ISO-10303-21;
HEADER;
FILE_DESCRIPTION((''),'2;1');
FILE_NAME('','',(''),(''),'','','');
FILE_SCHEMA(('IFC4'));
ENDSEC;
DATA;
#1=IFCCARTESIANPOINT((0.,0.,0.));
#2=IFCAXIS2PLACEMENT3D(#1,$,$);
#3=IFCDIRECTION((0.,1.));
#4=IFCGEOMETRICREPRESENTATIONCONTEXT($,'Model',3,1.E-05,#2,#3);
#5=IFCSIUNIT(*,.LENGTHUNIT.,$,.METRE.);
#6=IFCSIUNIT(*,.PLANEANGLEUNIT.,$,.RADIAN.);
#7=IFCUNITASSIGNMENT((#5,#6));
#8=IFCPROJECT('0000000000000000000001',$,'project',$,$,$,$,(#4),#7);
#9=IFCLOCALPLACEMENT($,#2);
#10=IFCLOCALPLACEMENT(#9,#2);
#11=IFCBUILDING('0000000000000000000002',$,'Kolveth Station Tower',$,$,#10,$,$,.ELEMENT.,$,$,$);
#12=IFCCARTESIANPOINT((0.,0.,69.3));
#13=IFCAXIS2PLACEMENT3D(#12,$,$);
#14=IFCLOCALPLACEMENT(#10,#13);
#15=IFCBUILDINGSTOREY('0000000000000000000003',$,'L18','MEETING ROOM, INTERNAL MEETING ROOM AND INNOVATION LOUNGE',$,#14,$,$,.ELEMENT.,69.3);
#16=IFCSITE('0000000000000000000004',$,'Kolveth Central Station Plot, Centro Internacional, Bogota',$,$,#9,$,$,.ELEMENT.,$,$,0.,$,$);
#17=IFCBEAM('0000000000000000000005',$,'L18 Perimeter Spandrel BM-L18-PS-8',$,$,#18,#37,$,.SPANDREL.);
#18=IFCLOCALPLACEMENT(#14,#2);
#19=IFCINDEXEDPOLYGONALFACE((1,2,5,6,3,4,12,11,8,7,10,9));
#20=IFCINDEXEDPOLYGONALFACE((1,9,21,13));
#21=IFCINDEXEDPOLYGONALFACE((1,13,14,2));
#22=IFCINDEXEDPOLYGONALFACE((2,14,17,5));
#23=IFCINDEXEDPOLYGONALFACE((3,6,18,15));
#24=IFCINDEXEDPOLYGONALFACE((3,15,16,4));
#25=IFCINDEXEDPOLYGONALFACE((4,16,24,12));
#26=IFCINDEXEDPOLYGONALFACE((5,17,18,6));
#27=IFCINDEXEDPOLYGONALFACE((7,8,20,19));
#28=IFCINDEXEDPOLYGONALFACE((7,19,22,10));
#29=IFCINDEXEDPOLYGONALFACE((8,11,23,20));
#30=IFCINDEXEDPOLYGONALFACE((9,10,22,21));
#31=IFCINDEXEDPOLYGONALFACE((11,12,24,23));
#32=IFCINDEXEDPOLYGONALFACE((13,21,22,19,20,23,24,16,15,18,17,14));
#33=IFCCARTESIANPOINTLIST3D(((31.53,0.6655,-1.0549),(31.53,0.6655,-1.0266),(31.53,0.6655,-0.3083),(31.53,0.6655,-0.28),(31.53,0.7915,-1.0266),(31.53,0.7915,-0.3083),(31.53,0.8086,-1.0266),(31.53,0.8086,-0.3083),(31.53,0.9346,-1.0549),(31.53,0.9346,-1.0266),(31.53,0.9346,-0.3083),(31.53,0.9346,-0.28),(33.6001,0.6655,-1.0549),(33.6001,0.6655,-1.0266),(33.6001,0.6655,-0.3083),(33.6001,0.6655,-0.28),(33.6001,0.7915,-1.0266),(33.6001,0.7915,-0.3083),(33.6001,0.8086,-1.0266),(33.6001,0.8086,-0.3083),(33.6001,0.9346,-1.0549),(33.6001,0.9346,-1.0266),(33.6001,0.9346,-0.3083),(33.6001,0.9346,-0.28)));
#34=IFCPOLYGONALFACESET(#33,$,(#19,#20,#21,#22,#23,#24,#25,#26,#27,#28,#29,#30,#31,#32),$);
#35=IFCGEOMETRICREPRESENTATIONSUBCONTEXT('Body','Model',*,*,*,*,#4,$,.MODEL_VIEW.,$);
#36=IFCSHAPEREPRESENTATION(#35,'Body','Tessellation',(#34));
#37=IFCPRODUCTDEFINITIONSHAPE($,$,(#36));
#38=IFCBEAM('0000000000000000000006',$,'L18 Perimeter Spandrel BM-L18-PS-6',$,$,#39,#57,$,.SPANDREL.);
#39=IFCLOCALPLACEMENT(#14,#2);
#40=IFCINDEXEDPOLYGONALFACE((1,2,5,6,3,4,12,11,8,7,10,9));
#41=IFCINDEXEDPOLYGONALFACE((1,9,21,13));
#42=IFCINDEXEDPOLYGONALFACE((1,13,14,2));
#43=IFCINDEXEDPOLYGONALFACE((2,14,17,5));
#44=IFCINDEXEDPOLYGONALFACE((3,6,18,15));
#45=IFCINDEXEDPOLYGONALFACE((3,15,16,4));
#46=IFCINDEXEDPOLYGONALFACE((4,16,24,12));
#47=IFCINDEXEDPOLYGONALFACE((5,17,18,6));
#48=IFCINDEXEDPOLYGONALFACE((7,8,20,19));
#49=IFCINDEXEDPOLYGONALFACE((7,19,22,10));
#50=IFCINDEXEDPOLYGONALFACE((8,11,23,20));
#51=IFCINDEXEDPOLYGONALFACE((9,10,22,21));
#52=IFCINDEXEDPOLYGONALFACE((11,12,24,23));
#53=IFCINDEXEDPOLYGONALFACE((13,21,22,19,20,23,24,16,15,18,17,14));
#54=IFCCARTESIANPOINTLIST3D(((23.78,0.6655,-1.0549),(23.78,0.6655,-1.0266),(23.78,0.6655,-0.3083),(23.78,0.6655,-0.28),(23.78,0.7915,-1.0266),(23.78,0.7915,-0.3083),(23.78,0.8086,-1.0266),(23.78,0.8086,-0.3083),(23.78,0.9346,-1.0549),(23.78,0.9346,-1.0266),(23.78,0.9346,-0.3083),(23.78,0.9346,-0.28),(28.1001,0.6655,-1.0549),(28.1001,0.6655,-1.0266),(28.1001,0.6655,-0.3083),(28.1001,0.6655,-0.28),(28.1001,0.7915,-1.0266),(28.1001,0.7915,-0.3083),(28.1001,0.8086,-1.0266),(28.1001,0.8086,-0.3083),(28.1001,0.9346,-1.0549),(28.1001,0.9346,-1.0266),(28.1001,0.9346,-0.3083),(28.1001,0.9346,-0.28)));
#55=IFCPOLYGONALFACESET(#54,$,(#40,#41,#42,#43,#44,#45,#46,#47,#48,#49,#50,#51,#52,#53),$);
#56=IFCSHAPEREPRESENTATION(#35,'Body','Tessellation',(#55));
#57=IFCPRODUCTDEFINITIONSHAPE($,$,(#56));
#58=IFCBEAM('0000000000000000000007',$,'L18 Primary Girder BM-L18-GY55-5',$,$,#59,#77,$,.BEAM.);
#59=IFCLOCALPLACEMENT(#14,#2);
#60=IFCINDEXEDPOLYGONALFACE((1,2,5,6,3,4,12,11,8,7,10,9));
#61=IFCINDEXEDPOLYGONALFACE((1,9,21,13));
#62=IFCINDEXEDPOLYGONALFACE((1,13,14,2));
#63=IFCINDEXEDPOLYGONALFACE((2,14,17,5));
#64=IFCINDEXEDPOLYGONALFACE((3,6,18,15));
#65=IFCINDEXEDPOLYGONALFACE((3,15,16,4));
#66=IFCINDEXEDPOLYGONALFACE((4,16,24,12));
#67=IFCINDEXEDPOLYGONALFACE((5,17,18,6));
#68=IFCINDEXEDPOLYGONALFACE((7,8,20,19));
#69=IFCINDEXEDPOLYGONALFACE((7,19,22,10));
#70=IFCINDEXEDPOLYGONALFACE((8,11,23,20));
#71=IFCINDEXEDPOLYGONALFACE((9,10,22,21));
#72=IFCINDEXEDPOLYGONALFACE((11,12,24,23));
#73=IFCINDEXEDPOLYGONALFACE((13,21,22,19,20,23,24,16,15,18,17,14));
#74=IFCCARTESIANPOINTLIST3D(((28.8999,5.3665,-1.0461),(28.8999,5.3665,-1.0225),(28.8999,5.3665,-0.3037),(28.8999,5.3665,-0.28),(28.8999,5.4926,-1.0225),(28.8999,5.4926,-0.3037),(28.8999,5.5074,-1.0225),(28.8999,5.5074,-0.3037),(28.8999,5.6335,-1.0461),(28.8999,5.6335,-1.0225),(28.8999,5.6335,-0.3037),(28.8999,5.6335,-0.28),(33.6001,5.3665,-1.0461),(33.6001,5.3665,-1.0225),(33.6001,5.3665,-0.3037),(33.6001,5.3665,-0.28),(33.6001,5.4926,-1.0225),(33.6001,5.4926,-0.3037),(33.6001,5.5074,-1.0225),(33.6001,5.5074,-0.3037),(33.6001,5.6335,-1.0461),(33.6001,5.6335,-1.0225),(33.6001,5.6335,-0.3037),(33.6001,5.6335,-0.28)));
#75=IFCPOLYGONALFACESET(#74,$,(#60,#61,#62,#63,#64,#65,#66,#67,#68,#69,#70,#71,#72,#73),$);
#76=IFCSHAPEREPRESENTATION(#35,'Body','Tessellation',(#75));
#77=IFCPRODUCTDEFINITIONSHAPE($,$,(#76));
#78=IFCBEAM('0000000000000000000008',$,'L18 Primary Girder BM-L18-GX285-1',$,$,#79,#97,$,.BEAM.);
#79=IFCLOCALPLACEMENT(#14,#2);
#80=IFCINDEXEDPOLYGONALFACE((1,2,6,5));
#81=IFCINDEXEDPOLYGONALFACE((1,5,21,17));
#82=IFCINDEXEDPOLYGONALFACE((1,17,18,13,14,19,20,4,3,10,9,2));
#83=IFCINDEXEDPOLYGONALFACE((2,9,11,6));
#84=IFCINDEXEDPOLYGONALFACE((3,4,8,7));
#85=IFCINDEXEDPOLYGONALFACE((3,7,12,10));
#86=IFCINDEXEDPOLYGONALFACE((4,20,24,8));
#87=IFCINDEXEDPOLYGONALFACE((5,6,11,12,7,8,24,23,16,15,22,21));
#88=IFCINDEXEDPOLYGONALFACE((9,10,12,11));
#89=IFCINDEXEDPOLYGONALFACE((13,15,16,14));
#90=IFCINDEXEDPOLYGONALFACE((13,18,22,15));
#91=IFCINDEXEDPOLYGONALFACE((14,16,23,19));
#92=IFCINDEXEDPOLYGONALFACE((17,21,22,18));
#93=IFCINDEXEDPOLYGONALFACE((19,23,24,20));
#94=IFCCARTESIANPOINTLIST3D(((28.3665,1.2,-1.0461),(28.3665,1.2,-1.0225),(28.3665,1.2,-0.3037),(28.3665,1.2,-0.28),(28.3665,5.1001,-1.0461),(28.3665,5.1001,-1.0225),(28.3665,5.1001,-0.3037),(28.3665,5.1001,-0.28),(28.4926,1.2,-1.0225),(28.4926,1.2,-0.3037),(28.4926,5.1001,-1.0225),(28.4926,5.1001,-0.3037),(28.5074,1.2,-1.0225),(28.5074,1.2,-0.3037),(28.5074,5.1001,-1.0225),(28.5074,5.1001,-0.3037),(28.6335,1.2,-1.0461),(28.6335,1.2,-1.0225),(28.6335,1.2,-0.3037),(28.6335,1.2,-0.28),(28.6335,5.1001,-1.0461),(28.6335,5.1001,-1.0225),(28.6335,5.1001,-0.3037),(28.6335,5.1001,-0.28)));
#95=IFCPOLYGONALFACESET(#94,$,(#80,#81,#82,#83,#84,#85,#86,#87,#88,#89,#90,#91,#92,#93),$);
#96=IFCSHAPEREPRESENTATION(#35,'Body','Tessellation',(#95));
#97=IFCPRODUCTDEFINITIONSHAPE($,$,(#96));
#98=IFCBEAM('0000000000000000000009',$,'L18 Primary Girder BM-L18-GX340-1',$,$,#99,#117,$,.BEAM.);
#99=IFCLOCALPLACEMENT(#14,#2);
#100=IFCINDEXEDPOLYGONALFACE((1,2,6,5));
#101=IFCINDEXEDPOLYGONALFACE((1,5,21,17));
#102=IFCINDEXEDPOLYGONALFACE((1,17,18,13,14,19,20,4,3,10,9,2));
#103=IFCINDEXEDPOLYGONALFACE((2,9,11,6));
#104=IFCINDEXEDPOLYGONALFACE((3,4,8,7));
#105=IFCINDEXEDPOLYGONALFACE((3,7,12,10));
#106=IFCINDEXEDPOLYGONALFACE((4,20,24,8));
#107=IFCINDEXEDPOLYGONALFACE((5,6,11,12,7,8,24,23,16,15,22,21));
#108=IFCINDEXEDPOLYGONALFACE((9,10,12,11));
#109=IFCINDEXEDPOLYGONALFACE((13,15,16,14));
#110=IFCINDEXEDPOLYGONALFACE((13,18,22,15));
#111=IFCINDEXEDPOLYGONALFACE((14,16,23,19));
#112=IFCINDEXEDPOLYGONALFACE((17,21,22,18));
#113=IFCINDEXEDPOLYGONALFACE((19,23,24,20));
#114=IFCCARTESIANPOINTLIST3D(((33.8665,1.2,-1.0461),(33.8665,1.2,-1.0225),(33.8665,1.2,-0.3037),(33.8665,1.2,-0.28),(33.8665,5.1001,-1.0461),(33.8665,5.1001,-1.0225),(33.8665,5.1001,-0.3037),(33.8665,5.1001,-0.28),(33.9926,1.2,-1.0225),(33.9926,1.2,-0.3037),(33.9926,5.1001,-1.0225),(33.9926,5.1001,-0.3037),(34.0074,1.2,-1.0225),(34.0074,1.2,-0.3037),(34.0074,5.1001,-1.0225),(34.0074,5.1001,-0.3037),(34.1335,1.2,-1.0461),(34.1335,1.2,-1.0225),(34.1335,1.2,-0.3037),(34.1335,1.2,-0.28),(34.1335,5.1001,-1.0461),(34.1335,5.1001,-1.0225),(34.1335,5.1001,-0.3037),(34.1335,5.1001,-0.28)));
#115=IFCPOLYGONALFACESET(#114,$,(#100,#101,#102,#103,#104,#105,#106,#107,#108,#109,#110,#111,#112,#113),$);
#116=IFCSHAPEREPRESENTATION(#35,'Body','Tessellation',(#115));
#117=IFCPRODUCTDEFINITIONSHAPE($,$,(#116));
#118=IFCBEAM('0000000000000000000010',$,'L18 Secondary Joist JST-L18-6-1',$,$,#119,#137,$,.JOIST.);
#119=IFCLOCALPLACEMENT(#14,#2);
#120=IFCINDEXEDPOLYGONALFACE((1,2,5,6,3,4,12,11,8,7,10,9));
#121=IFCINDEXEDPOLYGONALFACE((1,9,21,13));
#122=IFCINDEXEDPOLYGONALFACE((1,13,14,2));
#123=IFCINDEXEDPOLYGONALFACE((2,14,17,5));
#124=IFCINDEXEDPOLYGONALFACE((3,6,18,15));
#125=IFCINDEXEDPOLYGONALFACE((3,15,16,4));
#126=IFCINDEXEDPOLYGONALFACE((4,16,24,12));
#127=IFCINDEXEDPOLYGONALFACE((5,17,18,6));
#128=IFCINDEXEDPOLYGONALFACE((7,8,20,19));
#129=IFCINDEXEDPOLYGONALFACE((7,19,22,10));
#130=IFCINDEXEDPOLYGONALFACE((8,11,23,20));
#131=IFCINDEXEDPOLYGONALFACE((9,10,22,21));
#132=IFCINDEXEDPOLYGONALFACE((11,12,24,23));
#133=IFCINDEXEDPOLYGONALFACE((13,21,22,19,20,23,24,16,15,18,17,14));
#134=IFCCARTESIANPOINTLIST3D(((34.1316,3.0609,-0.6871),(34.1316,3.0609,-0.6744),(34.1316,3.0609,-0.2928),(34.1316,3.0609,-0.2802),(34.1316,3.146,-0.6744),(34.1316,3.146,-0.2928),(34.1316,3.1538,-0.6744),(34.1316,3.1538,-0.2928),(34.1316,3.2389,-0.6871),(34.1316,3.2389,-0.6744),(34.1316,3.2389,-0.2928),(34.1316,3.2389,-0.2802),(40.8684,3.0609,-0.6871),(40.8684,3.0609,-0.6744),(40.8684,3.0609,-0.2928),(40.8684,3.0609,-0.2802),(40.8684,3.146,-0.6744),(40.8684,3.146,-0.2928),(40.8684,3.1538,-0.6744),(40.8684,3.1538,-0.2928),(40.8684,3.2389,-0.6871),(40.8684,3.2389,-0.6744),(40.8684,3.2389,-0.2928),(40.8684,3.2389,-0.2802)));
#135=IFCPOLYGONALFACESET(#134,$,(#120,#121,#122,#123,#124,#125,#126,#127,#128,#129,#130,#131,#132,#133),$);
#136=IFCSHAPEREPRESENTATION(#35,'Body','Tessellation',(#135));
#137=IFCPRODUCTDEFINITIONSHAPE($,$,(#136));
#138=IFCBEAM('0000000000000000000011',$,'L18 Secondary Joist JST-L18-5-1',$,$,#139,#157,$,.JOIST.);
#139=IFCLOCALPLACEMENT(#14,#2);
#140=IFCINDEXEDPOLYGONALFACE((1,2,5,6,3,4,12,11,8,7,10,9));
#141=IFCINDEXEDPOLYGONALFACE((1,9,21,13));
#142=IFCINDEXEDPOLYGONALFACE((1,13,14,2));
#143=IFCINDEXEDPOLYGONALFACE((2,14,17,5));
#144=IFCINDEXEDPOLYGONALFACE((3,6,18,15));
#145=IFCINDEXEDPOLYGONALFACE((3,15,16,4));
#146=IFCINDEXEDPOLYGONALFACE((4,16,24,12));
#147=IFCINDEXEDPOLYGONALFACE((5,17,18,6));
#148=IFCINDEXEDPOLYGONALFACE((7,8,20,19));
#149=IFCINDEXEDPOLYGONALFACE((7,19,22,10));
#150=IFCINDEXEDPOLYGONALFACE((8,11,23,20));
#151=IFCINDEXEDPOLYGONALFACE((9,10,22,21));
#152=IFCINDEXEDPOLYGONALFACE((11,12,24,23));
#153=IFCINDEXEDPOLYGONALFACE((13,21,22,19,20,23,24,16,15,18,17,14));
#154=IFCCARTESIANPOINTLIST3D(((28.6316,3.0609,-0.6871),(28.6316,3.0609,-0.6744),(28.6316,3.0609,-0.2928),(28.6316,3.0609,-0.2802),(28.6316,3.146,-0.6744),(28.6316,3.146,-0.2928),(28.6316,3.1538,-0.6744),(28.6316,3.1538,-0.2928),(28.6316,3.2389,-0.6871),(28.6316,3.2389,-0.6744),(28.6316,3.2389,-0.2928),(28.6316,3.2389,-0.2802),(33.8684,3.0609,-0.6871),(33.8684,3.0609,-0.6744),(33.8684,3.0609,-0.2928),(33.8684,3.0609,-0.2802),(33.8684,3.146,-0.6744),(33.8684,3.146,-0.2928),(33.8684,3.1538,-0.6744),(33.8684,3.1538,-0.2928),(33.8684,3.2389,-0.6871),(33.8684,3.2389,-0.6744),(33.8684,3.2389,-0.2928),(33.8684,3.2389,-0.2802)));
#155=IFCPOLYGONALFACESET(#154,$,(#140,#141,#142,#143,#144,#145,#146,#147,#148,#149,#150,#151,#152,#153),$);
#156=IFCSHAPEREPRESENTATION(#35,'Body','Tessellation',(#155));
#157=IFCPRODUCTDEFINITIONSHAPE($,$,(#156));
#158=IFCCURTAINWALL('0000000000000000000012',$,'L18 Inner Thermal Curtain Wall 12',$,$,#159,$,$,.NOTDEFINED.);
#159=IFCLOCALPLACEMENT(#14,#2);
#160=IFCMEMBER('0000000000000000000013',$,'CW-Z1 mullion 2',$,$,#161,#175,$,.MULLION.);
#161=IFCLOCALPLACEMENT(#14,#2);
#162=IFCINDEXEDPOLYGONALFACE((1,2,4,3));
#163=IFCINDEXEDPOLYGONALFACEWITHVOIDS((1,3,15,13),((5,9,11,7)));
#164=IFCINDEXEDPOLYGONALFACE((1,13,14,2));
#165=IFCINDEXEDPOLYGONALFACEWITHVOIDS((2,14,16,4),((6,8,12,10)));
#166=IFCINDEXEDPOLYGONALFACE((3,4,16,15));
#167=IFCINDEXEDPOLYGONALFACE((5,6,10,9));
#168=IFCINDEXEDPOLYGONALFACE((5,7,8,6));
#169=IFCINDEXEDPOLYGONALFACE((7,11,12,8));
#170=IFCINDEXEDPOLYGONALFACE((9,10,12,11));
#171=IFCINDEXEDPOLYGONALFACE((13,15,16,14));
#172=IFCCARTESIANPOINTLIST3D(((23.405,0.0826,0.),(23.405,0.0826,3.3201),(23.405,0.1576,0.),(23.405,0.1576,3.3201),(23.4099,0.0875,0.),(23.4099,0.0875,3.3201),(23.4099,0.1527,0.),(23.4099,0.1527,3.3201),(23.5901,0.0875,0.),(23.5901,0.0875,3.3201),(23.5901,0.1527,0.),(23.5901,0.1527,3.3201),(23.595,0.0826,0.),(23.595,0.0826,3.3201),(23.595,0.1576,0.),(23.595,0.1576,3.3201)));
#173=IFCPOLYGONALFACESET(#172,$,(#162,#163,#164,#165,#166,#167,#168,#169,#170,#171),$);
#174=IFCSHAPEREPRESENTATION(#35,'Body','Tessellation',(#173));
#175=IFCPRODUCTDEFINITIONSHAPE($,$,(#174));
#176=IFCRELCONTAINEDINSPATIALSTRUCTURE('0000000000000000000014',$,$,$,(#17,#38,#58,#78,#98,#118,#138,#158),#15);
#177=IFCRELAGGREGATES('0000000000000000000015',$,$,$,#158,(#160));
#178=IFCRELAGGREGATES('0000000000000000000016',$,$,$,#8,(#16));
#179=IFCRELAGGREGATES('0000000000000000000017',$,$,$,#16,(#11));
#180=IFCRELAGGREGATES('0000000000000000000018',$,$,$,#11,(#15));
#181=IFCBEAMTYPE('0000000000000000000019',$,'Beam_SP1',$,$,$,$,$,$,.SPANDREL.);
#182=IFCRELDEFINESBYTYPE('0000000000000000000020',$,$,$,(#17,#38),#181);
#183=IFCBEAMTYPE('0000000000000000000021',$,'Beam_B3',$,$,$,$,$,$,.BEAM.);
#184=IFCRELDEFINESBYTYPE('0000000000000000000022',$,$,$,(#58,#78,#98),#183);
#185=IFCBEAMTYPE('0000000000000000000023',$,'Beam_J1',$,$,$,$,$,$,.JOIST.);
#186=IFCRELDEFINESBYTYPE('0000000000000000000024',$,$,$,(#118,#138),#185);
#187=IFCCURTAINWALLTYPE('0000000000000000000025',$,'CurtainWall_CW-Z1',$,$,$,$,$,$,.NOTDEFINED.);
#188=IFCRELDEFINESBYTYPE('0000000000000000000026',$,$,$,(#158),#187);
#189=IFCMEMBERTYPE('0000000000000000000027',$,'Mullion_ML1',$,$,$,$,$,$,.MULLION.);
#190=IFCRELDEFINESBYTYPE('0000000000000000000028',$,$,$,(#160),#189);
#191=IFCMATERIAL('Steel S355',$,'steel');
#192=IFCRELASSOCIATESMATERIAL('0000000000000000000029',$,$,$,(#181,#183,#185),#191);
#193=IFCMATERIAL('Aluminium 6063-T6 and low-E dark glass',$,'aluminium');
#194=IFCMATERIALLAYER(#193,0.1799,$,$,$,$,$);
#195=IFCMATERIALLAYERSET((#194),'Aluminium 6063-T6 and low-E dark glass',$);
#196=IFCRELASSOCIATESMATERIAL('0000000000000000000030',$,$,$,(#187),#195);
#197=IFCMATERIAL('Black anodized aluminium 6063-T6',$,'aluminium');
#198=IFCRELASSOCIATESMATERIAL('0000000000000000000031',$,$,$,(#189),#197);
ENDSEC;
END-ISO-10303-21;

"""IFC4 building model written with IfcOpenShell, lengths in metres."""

from ifc_helpers import new_model, si_unit, direction, frame, origin, origin_2d, place, context, subcontext, project, spatial, hollow_rectangle, i_section, extrude, source, transform, mapped, material, layer, layer_set, material_profile, profile_set, type_object, element, aggregate, save


model = new_model("IFC4")

# Units and contexts
model_context = context("Model", 3, precision=1e-05, world=origin(), true_north=direction((0.0, 1.0)))
body_context = subcontext(model_context, "Body", "Model", "MODEL_VIEW")
ifc_project = project(units=[si_unit("LENGTHUNIT", "METRE"), si_unit("PLANEANGLEUNIT", "RADIAN")], contexts=[model_context])

# Site, building, storey
site_placement = place(None, origin())
site = spatial("IfcSite", under=ifc_project, at=site_placement, Name="Kolveth Central Station Plot, Centro Internacional, Bogota", CompositionType="ELEMENT", RefElevation=0.0)
building_placement = place(site_placement, origin())
building = spatial("IfcBuilding", under=site, at=building_placement, Name="Kolveth Station Tower", CompositionType="ELEMENT")
storey_placement = place(building_placement, frame((0.0, 0.0, 69.3)))
storey = spatial("IfcBuildingStorey", under=building, at=storey_placement, Name="L18", Description="MEETING ROOM, INTERNAL MEETING ROOM AND INNOVATION LOUNGE", CompositionType="ELEMENT", Elevation=69.3)

# Shared definitions
ifc_material_1 = material(Name="Steel S355", Category="steel")

# Beams
ifc_material_profile_1 = material_profile(ifc_material_1, i_section(OverallWidth=0.269, OverallDepth=0.7749, WebThickness=0.0171, FlangeThickness=0.0283, at=origin_2d()), Name="W760x220")
ifc_profile_set_1 = profile_set([ifc_material_profile_1], Name="Steel S355")
beam_type_1 = type_object("IfcBeamType", Name="Beam_SP1", PredefinedType="SPANDREL", material=ifc_profile_set_1)
shared_shape_1 = source(origin(), body_context, "Body", "SweptSolid", [
    extrude(i_section(OverallWidth=0.269, OverallDepth=0.7749, WebThickness=0.0171, FlangeThickness=0.0283, at=origin_2d()), origin(), (0.0, 0.0, 1.0), 2.0701),
])
for number, where, z_axis, x_axis, name in (
    (1, (31.53, 0.8, -0.6675), (1.0, 0.0, 0.0), (0.0, 1.0, 0.0), "L18 Perimeter Spandrel BM-L18-PS-8"),
):
    element("IfcBeam", number, at=place(storey_placement, frame(where, z_axis=z_axis, x_axis=x_axis)), inside=storey, type_object=beam_type_1, Name=name, PredefinedType="SPANDREL", context=body_context, shape_type="MappedRepresentation", body=[
        mapped(shared_shape_1, transform((0.0, 0.0, 0.0), x_axis=(1.0, 0.0, 0.0), y_axis=(0.0, 1.0, 0.0), z_axis=(0.0, 0.0, 1.0), scale=1.0)),
    ])
shared_shape_2 = source(origin(), body_context, "Body", "SweptSolid", [
    extrude(i_section(OverallWidth=0.269, OverallDepth=0.7749, WebThickness=0.0171, FlangeThickness=0.0283, at=origin_2d()), origin(), (0.0, 0.0, 1.0), 4.3201),
])
beam_1_placement = place(storey_placement, frame((23.78, 0.8, -0.6675), z_axis=(1.0, 0.0, 0.0), x_axis=(0.0, 1.0, 0.0)))
element("IfcBeam", 2, at=beam_1_placement, inside=storey, type_object=beam_type_1, Name="L18 Perimeter Spandrel BM-L18-PS-6", PredefinedType="SPANDREL", context=body_context, shape_type="MappedRepresentation", body=[
    mapped(shared_shape_2, transform((0.0, 0.0, 0.0), x_axis=(1.0, 0.0, 0.0), y_axis=(0.0, 1.0, 0.0), z_axis=(0.0, 0.0, 1.0), scale=1.0)),
])
ifc_material_profile_2 = material_profile(ifc_material_1, i_section(OverallWidth=0.2671, OverallDepth=0.7661, WebThickness=0.0149, FlangeThickness=0.0237, at=origin_2d()), Name="W760x185")
ifc_profile_set_2 = profile_set([ifc_material_profile_2], Name="Steel S355")
beam_type_2 = type_object("IfcBeamType", Name="Beam_B3", PredefinedType="BEAM", material=ifc_profile_set_2)
shared_shape_3 = source(origin(), body_context, "Body", "SweptSolid", [
    extrude(i_section(OverallWidth=0.2671, OverallDepth=0.7661, WebThickness=0.0149, FlangeThickness=0.0237, at=origin_2d()), origin(), (0.0, 0.0, 1.0), 4.7002),
])
beam_2_placement = place(storey_placement, frame((28.8999, 5.5, -0.6631), z_axis=(1.0, 0.0, 0.0), x_axis=(0.0, 1.0, 0.0)))
element("IfcBeam", 3, at=beam_2_placement, inside=storey, type_object=beam_type_2, Name="L18 Primary Girder BM-L18-GY55-5", PredefinedType="BEAM", context=body_context, shape_type="MappedRepresentation", body=[
    mapped(shared_shape_3, transform((0.0, 0.0, 0.0), x_axis=(1.0, 0.0, 0.0), y_axis=(0.0, 1.0, 0.0), z_axis=(0.0, 0.0, 1.0), scale=1.0)),
])
shared_shape_4 = source(origin(), body_context, "Body", "SweptSolid", [
    extrude(i_section(OverallWidth=0.2671, OverallDepth=0.7661, WebThickness=0.0149, FlangeThickness=0.0237, at=origin_2d()), origin(), (0.0, 0.0, 1.0), 3.9001),
])
for number, where, z_axis, x_axis, name in (
    (4, (28.5, 1.2, -0.6631), (0.0, 1.0, 0.0), (-1.0, 0.0, 0.0), "L18 Primary Girder BM-L18-GX285-1"),
    (5, (34.0, 1.2, -0.6631), (0.0, 1.0, 0.0), (-1.0, 0.0, 0.0), "L18 Primary Girder BM-L18-GX340-1"),
):
    element("IfcBeam", number, at=place(storey_placement, frame(where, z_axis=z_axis, x_axis=x_axis)), inside=storey, type_object=beam_type_2, Name=name, PredefinedType="BEAM", context=body_context, shape_type="MappedRepresentation", body=[
        mapped(shared_shape_4, transform((0.0, 0.0, 0.0), x_axis=(1.0, 0.0, 0.0), y_axis=(0.0, 1.0, 0.0), z_axis=(0.0, 0.0, 1.0), scale=1.0)),
    ])
ifc_material_profile_3 = material_profile(ifc_material_1, i_section(OverallWidth=0.178, OverallDepth=0.407, WebThickness=0.0078, FlangeThickness=0.0127, at=origin_2d()), Name="W410x60")
ifc_profile_set_3 = profile_set([ifc_material_profile_3], Name="Steel S355")
beam_type_3 = type_object("IfcBeamType", Name="Beam_J1", PredefinedType="JOIST", material=ifc_profile_set_3)
shared_shape_5 = source(origin(), body_context, "Body", "SweptSolid", [
    extrude(i_section(OverallWidth=0.178, OverallDepth=0.407, WebThickness=0.0078, FlangeThickness=0.0127, at=origin_2d()), origin(), (0.0, 0.0, 1.0), 6.7368),
])
beam_3_placement = place(storey_placement, frame((34.1316, 3.1499, -0.4836), z_axis=(1.0, 0.0, 0.0), x_axis=(0.0, 1.0, 0.0)))
element("IfcBeam", 6, at=beam_3_placement, inside=storey, type_object=beam_type_3, Name="L18 Secondary Joist JST-L18-6-1", PredefinedType="JOIST", context=body_context, shape_type="MappedRepresentation", body=[
    mapped(shared_shape_5, transform((0.0, 0.0, 0.0), x_axis=(1.0, 0.0, 0.0), y_axis=(0.0, 1.0, 0.0), z_axis=(0.0, 0.0, 1.0), scale=1.0)),
])
shared_shape_6 = source(origin(), body_context, "Body", "SweptSolid", [
    extrude(i_section(OverallWidth=0.178, OverallDepth=0.407, WebThickness=0.0078, FlangeThickness=0.0127, at=origin_2d()), origin(), (0.0, 0.0, 1.0), 5.2368),
])
beam_4_placement = place(storey_placement, frame((28.6316, 3.1499, -0.4836), z_axis=(1.0, 0.0, 0.0), x_axis=(0.0, 1.0, 0.0)))
element("IfcBeam", 7, at=beam_4_placement, inside=storey, type_object=beam_type_3, Name="L18 Secondary Joist JST-L18-5-1", PredefinedType="JOIST", context=body_context, shape_type="MappedRepresentation", body=[
    mapped(shared_shape_6, transform((0.0, 0.0, 0.0), x_axis=(1.0, 0.0, 0.0), y_axis=(0.0, 1.0, 0.0), z_axis=(0.0, 0.0, 1.0), scale=1.0)),
])

# Curtain wall, member
ifc_material_2 = material(Name="Aluminium 6063-T6 and low-E dark glass", Category="aluminium")
ifc_layer_1 = layer(ifc_material_2, 0.1799)
ifc_layer_set_1 = layer_set([ifc_layer_1], Name="Aluminium 6063-T6 and low-E dark glass")
curtain_wall_type_1 = type_object("IfcCurtainWallType", Name="CurtainWall_CW-Z1", PredefinedType="NOTDEFINED", material=ifc_layer_set_1)
curtain_wall_1_placement = place(storey_placement, origin())
curtain_wall_1 = element("IfcCurtainWall", 8, at=curtain_wall_1_placement, inside=storey, type_object=curtain_wall_type_1, Name="L18 Inner Thermal Curtain Wall 12", PredefinedType="NOTDEFINED")
ifc_material_3 = material(Name="Black anodized aluminium 6063-T6", Category="aluminium")
ifc_material_profile_4 = material_profile(ifc_material_3, hollow_rectangle(XDim=0.075, YDim=0.1899, WallThickness=0.0049, at=origin_2d()), Name="ALU-75x190x5")
ifc_profile_set_4 = profile_set([ifc_material_profile_4], Name="Black anodized aluminium 6063-T6")
member_type_1 = type_object("IfcMemberType", Name="Mullion_ML1", PredefinedType="MULLION", material=ifc_profile_set_4)
shared_shape_7 = source(origin(), body_context, "Body", "SweptSolid", [
    extrude(hollow_rectangle(XDim=0.075, YDim=0.1899, WallThickness=0.0049, at=origin_2d()), origin(), (0.0, 0.0, 1.0), 3.3201),
])
member_1_placement = place(storey_placement, frame((23.5, 0.1201, 0.0), z_axis=(0.0, 0.0, 1.0), x_axis=(0.0, 1.0, 0.0)))
member_1 = element("IfcMember", 9, at=member_1_placement, type_object=member_type_1, Name="CW-Z1 mullion 2", PredefinedType="MULLION", context=body_context, shape_type="MappedRepresentation", body=[
    mapped(shared_shape_7, transform((0.0, 0.0, 0.0), x_axis=(1.0, 0.0, 0.0), y_axis=(0.0, 1.0, 0.0), z_axis=(0.0, 0.0, 1.0), scale=1.0)),
])
aggregate(curtain_wall_1, [member_1])

save(model, "model.ifc")
